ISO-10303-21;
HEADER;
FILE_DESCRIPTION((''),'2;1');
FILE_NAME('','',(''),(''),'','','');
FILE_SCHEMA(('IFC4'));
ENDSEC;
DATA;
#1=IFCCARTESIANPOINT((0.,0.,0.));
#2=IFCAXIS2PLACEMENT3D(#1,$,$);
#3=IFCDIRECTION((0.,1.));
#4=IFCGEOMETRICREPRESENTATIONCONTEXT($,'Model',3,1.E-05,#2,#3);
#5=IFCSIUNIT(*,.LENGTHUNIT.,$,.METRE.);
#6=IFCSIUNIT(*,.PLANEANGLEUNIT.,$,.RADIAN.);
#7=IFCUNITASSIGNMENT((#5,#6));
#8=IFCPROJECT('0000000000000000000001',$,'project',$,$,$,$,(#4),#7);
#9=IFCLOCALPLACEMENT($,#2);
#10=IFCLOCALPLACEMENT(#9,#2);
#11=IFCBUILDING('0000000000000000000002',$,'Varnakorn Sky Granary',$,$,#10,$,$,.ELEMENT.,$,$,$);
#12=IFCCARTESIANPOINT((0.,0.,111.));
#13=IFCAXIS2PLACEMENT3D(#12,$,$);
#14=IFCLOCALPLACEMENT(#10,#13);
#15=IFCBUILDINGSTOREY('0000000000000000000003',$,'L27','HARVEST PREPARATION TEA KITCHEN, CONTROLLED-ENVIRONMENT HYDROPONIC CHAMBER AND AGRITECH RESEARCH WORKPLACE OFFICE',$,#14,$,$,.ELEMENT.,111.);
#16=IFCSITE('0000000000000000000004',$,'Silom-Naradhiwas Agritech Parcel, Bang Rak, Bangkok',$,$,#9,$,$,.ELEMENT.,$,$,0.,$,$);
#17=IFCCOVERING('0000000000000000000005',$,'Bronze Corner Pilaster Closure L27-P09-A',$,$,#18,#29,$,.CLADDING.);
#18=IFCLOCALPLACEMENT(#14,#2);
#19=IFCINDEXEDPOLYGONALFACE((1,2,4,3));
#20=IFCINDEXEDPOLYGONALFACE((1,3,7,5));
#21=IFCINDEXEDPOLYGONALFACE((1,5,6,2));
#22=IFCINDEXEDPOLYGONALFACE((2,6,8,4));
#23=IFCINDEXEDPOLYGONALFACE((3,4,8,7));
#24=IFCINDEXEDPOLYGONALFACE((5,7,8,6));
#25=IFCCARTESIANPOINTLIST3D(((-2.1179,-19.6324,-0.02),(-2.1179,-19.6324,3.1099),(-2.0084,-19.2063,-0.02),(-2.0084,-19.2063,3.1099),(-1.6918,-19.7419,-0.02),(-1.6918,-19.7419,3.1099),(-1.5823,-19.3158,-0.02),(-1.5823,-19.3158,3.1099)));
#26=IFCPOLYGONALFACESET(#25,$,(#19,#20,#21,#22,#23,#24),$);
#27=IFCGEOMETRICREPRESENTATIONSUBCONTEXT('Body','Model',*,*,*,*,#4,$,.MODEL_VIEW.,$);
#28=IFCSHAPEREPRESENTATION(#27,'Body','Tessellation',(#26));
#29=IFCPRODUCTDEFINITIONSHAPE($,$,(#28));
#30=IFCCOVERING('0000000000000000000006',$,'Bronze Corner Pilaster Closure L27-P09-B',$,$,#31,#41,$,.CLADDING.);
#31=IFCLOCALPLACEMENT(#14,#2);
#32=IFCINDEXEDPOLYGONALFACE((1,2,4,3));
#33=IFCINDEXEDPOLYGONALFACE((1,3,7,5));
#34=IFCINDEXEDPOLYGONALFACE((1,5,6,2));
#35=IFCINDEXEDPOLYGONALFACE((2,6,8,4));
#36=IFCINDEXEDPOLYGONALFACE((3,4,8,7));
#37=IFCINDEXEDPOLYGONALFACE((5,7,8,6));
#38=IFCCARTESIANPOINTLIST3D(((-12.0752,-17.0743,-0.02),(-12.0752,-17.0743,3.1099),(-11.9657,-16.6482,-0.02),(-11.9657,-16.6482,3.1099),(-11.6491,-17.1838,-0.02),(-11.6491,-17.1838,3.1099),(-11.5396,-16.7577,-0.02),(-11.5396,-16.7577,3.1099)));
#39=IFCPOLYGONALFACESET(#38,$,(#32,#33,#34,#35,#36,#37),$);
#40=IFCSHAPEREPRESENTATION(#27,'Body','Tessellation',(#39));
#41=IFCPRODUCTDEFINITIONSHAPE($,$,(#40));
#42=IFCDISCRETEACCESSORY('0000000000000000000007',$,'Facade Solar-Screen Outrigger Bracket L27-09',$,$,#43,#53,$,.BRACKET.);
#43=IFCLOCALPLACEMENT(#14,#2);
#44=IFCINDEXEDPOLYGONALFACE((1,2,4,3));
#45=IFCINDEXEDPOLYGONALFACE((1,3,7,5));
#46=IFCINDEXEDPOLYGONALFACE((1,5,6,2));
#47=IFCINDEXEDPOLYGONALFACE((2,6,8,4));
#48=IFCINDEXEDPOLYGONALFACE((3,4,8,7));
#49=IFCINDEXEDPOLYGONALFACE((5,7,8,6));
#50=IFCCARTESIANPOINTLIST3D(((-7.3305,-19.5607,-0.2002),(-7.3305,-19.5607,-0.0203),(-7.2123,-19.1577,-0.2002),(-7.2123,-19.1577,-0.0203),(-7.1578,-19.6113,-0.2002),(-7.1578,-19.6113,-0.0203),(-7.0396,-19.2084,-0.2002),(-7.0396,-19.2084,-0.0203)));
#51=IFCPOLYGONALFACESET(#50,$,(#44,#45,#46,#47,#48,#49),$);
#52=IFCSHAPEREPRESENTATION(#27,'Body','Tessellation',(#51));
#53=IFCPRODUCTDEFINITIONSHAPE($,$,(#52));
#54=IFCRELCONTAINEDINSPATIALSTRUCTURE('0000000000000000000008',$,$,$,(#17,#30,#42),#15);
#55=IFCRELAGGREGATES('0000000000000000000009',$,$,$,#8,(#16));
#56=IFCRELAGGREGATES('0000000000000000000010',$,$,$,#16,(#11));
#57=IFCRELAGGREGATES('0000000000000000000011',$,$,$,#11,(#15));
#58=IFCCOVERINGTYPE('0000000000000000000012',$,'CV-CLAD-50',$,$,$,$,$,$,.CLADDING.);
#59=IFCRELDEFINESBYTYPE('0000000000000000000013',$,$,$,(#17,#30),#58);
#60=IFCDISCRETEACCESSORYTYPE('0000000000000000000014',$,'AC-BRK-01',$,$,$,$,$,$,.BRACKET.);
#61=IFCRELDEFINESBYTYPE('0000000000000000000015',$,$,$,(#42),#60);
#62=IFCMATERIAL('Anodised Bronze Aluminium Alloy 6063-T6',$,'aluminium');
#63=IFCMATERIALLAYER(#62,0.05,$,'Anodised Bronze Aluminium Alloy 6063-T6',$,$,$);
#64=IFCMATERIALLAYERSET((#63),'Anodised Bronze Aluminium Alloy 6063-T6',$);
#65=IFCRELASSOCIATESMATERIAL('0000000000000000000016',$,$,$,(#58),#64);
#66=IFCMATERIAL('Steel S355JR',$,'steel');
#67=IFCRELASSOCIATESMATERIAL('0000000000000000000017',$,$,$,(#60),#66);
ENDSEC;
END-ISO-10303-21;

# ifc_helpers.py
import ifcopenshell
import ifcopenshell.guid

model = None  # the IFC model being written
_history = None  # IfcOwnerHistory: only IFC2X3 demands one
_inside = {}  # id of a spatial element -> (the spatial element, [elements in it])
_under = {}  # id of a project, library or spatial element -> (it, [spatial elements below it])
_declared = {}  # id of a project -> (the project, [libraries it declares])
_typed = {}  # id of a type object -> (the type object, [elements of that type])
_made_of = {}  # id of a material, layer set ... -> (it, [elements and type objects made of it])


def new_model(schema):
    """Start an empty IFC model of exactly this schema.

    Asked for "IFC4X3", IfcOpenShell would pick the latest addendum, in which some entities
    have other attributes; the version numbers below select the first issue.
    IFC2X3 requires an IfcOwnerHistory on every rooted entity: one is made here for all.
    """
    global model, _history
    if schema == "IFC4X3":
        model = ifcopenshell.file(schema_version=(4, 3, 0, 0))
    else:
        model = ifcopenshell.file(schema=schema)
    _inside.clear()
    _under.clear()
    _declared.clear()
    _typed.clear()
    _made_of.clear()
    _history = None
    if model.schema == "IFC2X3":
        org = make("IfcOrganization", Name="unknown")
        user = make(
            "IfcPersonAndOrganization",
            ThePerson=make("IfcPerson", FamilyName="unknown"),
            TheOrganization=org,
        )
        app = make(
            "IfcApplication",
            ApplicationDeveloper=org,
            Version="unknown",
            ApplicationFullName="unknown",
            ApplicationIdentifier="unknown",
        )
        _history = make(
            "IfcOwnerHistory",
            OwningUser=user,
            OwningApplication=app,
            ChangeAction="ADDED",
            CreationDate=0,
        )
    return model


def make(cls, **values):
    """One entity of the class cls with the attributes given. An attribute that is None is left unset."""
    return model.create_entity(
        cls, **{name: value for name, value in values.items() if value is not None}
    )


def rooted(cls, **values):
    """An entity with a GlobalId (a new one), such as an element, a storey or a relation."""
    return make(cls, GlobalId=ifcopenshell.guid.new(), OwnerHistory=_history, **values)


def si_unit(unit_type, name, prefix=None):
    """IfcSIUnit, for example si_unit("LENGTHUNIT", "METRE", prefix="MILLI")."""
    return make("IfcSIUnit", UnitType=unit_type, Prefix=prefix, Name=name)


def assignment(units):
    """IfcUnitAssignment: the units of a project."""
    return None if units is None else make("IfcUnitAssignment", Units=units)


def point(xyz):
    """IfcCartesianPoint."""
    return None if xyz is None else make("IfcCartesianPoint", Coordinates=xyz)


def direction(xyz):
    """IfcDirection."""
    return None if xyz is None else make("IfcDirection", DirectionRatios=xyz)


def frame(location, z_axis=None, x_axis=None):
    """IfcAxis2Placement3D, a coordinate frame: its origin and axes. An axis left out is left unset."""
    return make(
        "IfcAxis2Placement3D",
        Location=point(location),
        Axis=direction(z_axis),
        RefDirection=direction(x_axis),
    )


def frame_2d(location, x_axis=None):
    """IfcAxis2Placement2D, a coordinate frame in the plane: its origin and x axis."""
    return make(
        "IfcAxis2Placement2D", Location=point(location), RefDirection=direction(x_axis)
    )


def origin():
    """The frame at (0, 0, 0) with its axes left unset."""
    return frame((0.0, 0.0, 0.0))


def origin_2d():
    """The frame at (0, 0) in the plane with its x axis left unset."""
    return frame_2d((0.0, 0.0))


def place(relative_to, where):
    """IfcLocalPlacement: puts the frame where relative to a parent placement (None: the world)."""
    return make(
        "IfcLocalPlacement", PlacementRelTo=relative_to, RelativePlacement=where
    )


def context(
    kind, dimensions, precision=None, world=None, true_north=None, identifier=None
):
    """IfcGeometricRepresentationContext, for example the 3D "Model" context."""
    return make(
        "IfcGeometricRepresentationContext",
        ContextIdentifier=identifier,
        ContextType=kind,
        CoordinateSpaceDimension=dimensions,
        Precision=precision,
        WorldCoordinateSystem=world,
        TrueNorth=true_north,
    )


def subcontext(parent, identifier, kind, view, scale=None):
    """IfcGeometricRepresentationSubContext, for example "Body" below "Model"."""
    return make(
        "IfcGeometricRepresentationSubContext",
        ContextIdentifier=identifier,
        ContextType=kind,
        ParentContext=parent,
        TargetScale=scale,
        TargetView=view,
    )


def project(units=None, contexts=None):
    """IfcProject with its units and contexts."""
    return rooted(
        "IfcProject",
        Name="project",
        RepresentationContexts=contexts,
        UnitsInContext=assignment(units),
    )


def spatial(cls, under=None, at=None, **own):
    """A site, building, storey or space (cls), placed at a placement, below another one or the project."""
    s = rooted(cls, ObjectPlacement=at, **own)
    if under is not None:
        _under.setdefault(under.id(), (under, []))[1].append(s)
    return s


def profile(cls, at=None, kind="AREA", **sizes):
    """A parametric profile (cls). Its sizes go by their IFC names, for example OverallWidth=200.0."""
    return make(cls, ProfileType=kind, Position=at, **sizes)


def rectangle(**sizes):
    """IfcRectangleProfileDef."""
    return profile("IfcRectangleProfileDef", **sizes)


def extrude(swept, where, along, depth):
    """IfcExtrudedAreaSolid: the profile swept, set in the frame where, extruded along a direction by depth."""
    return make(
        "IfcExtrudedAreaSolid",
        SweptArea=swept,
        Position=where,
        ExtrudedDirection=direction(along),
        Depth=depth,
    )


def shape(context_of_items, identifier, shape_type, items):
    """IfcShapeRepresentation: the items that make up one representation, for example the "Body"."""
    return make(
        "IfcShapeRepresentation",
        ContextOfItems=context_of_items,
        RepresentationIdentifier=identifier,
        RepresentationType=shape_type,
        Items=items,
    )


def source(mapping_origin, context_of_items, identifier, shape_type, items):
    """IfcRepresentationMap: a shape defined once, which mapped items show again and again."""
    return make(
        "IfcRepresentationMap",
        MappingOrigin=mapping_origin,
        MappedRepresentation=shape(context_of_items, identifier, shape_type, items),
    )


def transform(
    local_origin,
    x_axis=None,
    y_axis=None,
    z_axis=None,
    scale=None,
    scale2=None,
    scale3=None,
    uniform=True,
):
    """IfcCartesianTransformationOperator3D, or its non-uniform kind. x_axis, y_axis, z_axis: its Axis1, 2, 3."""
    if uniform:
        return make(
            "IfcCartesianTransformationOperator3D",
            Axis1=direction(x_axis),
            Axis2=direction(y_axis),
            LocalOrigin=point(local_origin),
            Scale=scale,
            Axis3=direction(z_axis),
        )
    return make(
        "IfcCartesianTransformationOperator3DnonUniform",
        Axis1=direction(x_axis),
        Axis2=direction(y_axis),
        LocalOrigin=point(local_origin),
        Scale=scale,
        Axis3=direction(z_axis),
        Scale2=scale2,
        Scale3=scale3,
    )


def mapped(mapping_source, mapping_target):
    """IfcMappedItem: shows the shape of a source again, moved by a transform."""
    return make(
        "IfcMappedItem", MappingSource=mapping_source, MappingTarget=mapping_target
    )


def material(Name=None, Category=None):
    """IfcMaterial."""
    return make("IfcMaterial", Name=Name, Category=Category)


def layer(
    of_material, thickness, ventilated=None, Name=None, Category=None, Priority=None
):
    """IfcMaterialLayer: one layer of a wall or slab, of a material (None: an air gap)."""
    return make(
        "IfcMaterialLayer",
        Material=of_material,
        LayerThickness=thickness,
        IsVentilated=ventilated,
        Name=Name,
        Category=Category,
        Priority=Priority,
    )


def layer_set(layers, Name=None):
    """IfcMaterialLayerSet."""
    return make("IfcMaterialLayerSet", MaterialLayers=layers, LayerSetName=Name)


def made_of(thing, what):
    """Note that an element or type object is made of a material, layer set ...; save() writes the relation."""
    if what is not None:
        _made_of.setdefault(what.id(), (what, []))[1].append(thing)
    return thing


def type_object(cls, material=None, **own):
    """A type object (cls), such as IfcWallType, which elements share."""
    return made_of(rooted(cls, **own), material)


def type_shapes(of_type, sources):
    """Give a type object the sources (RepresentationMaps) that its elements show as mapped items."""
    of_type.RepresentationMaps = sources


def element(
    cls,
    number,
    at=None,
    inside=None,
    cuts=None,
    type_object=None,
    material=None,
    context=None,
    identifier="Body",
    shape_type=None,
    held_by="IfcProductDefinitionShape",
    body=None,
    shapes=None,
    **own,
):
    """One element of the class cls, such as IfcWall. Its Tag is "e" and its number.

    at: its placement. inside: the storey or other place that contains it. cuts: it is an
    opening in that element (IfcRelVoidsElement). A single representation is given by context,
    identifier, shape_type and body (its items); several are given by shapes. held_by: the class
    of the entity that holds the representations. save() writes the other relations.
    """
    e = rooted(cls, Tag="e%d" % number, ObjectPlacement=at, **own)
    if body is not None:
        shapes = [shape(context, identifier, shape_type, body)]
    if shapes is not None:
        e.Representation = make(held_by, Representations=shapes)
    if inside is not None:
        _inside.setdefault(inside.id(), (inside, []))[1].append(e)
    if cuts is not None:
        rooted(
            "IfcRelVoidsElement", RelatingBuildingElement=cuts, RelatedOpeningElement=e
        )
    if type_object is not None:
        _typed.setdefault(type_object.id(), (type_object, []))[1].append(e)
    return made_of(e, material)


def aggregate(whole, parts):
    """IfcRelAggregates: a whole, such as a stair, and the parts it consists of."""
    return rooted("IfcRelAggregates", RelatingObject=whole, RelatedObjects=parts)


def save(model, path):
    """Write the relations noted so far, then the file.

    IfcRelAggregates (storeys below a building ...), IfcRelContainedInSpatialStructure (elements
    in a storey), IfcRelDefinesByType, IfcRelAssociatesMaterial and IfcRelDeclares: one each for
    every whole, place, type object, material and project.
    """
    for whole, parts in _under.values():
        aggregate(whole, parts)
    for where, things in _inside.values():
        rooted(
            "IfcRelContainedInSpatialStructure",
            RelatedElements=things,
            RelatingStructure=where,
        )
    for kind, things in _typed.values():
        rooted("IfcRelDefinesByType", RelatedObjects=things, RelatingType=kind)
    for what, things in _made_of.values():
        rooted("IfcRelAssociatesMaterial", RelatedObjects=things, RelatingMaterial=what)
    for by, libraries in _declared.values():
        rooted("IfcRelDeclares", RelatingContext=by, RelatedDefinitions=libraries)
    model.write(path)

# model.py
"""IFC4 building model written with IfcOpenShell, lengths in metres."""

from ifc_helpers import new_model, si_unit, direction, frame, origin, origin_2d, place, context, subcontext, project, spatial, rectangle, extrude, source, transform, mapped, material, layer, layer_set, type_object, type_shapes, element, save


model = new_model("IFC4")

# Units and contexts
model_context = context("Model", 3, precision=1e-05, world=origin(), true_north=direction((0.0, 1.0)))
body_context = subcontext(model_context, "Body", "Model", "MODEL_VIEW")
ifc_project = project(units=[si_unit("LENGTHUNIT", "METRE"), si_unit("PLANEANGLEUNIT", "RADIAN")], contexts=[model_context])

# Site, building, storey
site_placement = place(None, origin())
site = spatial("IfcSite", under=ifc_project, at=site_placement, Name="Silom-Naradhiwas Agritech Parcel, Bang Rak, Bangkok", CompositionType="ELEMENT", RefElevation=0.0)
building_placement = place(site_placement, origin())
building = spatial("IfcBuilding", under=site, at=building_placement, Name="Varnakorn Sky Granary", CompositionType="ELEMENT")
storey_placement = place(building_placement, frame((0.0, 0.0, 111.0)))
storey = spatial("IfcBuildingStorey", under=building, at=storey_placement, Name="L27", Description="HARVEST PREPARATION TEA KITCHEN, CONTROLLED-ENVIRONMENT HYDROPONIC CHAMBER AND AGRITECH RESEARCH WORKPLACE OFFICE", CompositionType="ELEMENT", Elevation=111.0)

# Shared definitions
ifc_material_1 = material(Name="Steel S355JR", Category="steel")

# Shared definitions
ifc_material_2 = material(Name="Anodised Bronze Aluminium Alloy 6063-T6", Category="aluminium")

# Coverings
ifc_layer_1 = layer(ifc_material_2, 0.05, Name="Anodised Bronze Aluminium Alloy 6063-T6")
ifc_layer_set_1 = layer_set([ifc_layer_1], Name="Anodised Bronze Aluminium Alloy 6063-T6")
covering_type = type_object("IfcCoveringType", Name="CV-CLAD-50", PredefinedType="CLADDING", material=ifc_layer_set_1)
shared_shape_1 = source(origin(), body_context, "Body", "SweptSolid", [
    extrude(rectangle(XDim=0.4399, YDim=0.4399, at=origin_2d()), origin(), (0.0, 0.0, 1.0), 3.1299),
])
type_shapes(covering_type, [shared_shape_1])
for number, where, z_axis, x_axis, name in (
    (1, (-1.8501, -19.4741, -0.02), (0.0, 0.0, 1.0), (-0.96854, 0.248859, 0.0), "Bronze Corner Pilaster Closure L27-P09-A"),
    (2, (-11.8074, -16.916, -0.02), (0.0, 0.0, 1.0), (-0.96854, 0.248859, 0.0), "Bronze Corner Pilaster Closure L27-P09-B"),
):
    element("IfcCovering", number, at=place(storey_placement, frame(where, z_axis=z_axis, x_axis=x_axis)), inside=storey, type_object=covering_type, Name=name, PredefinedType="CLADDING", context=body_context, shape_type="MappedRepresentation", body=[
        mapped(shared_shape_1, transform((0.0, 0.0, 0.0), x_axis=(1.0, 0.0, 0.0), y_axis=(0.0, 1.0, 0.0), z_axis=(0.0, 0.0, 1.0), scale=1.0)),
    ])

# Discrete accessory
discrete_accessory_type = type_object("IfcDiscreteAccessoryType", Name="AC-BRK-01", PredefinedType="BRACKET", material=ifc_material_1)
shared_shape_2 = source(origin(), body_context, "Body", "SweptSolid", [
    extrude(rectangle(XDim=0.1799, YDim=0.4199, at=origin_2d()), origin(), (0.0, 0.0, 1.0), 0.1799),
])
type_shapes(discrete_accessory_type, [shared_shape_2])
discrete_accessory_placement = place(storey_placement, frame((-7.1851, -19.3845, -0.2002), z_axis=(0.0, 0.0, 1.0), x_axis=(0.959583, -0.281426, 0.0)))
element("IfcDiscreteAccessory", 3, at=discrete_accessory_placement, inside=storey, type_object=discrete_accessory_type, Name="Facade Solar-Screen Outrigger Bracket L27-09", PredefinedType="BRACKET", context=body_context, shape_type="MappedRepresentation", body=[
    mapped(shared_shape_2, transform((0.0, 0.0, 0.0), x_axis=(1.0, 0.0, 0.0), y_axis=(0.0, 1.0, 0.0), z_axis=(0.0, 0.0, 1.0), scale=1.0)),
])

save(model, "model.ifc")
